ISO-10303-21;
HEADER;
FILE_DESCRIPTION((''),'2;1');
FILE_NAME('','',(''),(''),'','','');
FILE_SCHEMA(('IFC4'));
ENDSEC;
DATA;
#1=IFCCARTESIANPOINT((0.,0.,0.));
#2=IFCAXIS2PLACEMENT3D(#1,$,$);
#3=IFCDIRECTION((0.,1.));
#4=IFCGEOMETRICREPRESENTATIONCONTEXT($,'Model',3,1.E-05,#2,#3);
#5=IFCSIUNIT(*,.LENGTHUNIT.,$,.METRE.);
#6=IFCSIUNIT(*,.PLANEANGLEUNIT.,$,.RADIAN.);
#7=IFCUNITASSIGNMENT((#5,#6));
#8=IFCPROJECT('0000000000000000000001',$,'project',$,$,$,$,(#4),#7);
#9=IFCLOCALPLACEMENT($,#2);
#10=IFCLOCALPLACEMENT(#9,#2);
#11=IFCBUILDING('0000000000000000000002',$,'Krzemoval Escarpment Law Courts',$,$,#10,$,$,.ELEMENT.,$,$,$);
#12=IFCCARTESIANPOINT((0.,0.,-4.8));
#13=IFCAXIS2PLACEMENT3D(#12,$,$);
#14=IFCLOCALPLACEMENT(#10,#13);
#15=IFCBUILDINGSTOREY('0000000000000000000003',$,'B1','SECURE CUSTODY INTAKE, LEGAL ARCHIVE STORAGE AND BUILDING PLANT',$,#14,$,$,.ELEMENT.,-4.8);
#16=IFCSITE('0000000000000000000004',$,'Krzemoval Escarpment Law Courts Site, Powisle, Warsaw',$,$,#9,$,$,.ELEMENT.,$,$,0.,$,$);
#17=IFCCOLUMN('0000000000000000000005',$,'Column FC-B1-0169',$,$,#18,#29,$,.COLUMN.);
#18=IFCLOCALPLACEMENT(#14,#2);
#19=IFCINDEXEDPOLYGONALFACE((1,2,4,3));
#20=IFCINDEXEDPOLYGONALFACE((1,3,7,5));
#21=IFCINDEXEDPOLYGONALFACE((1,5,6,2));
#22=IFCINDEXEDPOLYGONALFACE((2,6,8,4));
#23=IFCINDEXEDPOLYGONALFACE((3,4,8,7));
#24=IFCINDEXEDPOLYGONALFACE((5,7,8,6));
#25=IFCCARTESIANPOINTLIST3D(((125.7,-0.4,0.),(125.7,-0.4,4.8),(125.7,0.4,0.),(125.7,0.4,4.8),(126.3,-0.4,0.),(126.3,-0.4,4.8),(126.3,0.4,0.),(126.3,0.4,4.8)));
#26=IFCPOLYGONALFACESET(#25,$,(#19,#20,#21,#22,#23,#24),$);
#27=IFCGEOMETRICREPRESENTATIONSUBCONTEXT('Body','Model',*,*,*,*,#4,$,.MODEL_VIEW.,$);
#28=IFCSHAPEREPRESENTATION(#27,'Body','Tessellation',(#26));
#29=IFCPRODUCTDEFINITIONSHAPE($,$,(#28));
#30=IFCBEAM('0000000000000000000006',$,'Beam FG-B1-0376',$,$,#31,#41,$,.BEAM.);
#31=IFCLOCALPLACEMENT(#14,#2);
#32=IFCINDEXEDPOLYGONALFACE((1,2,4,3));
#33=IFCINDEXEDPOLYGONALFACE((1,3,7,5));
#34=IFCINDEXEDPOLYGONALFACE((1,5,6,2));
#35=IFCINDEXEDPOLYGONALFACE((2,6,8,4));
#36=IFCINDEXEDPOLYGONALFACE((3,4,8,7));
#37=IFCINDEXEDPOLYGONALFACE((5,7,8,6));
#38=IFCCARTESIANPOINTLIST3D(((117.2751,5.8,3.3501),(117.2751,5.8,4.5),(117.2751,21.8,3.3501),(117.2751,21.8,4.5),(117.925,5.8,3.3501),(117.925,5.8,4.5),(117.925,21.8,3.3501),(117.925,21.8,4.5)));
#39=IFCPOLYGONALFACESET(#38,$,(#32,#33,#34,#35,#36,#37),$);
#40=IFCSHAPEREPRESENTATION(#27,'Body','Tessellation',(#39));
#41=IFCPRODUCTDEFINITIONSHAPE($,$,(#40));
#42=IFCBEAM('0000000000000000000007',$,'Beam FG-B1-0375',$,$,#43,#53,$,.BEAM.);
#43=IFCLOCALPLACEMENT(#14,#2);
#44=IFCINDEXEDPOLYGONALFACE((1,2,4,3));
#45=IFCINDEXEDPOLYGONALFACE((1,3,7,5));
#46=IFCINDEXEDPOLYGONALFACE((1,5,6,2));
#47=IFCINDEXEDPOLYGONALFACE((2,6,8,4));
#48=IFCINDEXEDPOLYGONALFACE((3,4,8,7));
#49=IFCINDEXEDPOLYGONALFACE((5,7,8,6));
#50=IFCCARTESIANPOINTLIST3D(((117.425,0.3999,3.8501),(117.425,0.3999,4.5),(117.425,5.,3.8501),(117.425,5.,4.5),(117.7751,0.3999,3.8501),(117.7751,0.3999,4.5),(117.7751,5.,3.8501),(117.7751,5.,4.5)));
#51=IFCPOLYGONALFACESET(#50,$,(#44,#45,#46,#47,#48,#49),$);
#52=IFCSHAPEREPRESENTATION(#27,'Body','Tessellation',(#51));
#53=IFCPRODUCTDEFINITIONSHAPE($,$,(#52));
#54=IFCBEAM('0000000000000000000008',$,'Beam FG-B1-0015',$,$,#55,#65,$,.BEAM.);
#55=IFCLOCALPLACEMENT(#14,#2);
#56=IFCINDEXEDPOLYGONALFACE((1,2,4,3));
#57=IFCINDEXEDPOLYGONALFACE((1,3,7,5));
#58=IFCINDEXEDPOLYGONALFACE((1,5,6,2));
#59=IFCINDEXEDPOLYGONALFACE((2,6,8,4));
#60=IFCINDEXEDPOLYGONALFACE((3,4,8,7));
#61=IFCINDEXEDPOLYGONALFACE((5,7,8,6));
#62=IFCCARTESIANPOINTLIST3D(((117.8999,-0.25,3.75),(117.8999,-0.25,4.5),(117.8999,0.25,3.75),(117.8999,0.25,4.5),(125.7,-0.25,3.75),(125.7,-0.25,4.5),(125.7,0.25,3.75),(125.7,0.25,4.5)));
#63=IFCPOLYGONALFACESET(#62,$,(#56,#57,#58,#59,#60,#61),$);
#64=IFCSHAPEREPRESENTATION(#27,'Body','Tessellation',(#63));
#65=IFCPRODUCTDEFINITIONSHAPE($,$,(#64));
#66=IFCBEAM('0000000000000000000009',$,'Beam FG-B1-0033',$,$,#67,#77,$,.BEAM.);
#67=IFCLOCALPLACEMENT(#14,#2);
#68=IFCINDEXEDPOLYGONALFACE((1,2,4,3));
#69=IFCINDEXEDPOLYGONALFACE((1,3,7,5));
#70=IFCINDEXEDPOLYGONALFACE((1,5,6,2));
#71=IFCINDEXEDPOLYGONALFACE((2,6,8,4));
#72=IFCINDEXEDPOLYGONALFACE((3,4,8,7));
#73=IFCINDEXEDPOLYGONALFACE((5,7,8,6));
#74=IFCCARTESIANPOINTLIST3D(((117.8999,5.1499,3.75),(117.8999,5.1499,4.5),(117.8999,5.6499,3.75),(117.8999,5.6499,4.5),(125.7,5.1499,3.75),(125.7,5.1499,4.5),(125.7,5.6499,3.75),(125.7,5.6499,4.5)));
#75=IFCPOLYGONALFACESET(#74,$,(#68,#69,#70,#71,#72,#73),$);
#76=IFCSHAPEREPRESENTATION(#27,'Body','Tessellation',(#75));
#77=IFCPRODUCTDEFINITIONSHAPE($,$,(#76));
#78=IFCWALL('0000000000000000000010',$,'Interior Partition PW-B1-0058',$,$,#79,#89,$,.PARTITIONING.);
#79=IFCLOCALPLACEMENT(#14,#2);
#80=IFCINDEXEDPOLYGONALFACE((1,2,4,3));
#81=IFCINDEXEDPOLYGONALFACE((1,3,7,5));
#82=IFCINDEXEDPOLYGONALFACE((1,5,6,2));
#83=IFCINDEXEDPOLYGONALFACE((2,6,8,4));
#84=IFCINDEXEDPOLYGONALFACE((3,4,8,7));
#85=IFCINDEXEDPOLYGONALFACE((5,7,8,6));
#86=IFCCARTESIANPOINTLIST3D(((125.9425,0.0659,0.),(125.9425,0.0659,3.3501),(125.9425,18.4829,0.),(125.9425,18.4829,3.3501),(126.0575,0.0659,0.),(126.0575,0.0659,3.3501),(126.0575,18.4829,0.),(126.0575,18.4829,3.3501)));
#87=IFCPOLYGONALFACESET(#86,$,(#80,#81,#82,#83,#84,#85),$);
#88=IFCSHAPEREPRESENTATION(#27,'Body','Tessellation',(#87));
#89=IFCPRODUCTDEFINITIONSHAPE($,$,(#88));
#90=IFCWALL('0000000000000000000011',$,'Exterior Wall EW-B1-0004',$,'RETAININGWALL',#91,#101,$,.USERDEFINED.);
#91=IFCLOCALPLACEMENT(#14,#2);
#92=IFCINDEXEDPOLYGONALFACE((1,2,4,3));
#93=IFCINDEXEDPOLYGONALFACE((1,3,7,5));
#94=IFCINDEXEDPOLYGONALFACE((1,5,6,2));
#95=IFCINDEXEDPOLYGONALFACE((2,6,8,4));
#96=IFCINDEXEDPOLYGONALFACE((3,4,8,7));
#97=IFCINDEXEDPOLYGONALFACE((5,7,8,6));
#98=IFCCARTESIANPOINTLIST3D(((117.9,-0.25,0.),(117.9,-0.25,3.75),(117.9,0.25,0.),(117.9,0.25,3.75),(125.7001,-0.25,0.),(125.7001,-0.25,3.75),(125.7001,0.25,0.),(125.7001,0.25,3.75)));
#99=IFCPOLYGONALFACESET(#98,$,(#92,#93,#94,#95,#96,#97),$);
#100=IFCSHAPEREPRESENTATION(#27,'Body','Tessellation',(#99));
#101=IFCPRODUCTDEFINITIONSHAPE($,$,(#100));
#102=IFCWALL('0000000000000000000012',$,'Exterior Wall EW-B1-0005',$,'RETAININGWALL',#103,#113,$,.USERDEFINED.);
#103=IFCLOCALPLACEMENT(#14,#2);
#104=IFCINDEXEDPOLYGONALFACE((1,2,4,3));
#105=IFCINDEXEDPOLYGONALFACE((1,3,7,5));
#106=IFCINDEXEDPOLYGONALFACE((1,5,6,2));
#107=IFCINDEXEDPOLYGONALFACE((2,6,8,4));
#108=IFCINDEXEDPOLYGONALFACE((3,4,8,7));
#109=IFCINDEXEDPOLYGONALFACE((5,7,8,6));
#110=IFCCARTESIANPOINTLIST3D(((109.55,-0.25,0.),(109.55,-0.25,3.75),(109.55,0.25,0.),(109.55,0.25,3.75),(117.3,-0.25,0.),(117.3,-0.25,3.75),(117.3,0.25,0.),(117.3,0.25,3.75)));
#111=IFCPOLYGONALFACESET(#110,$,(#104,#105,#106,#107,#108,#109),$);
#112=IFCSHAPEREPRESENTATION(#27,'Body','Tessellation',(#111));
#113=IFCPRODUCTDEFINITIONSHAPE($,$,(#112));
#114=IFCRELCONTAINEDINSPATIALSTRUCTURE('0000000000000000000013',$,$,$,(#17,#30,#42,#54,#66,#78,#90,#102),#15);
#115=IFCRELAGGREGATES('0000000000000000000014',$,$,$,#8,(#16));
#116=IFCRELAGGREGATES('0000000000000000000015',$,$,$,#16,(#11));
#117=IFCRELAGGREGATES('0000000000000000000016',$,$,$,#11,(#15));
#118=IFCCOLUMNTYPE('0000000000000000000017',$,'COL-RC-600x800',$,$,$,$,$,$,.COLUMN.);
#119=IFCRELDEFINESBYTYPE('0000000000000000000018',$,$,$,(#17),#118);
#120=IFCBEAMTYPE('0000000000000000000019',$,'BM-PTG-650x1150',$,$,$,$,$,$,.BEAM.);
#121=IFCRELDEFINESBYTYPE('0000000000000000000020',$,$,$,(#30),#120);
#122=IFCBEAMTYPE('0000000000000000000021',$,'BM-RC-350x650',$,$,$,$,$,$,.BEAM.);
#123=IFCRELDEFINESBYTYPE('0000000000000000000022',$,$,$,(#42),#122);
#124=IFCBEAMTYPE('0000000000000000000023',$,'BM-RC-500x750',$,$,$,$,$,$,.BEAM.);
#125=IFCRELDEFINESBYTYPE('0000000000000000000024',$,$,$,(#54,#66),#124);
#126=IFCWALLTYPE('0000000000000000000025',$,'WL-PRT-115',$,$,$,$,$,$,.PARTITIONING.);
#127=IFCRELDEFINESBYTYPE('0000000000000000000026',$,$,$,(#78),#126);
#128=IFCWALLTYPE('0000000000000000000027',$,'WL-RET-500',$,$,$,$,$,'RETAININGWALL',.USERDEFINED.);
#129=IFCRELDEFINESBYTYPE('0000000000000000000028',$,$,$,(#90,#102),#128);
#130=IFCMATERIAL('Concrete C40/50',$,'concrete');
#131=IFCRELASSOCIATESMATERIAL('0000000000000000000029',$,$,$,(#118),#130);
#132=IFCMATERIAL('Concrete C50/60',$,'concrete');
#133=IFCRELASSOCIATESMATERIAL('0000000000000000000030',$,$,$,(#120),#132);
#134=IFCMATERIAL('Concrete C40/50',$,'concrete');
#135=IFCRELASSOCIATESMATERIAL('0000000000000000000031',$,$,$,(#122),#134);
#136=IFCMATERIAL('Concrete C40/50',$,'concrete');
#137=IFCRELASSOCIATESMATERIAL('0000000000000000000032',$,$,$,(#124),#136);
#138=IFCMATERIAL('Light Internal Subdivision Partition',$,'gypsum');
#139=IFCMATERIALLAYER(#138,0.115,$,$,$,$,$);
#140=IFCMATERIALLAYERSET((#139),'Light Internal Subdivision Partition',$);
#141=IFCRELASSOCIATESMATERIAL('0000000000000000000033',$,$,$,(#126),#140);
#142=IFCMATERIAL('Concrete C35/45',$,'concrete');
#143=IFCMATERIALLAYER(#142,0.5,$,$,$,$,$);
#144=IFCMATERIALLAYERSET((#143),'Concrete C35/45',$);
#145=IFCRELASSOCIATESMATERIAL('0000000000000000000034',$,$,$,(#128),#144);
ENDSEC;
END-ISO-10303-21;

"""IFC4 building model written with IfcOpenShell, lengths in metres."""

from ifc_helpers import new_model, si_unit, direction, frame, frame_2d, origin, origin_2d, place, context, subcontext, project, spatial, rectangle, extrude, material, layer, layer_set, material_profile, profile_set, type_object, element, save


model = new_model("IFC4")

# Units and contexts
model_context = context("Model", 3, precision=1e-05, world=origin(), true_north=direction((0.0, 1.0)))
body_context = subcontext(model_context, "Body", "Model", "MODEL_VIEW")
ifc_project = project(units=[si_unit("LENGTHUNIT", "METRE"), si_unit("PLANEANGLEUNIT", "RADIAN")], contexts=[model_context])

# Site, building, storey
site_placement = place(None, origin())
site = spatial("IfcSite", under=ifc_project, at=site_placement, Name="Krzemoval Escarpment Law Courts Site, Powisle, Warsaw", CompositionType="ELEMENT", RefElevation=0.0)
building_placement = place(site_placement, origin())
building = spatial("IfcBuilding", under=site, at=building_placement, Name="Krzemoval Escarpment Law Courts", CompositionType="ELEMENT")
storey_placement = place(building_placement, frame((0.0, 0.0, -4.8)))
storey = spatial("IfcBuildingStorey", under=building, at=storey_placement, Name="B1", Description="SECURE CUSTODY INTAKE, LEGAL ARCHIVE STORAGE AND BUILDING PLANT", CompositionType="ELEMENT", Elevation=-4.8)

# Column
ifc_material_1 = material(Name="Concrete C40/50", Category="concrete")
ifc_material_profile_1 = material_profile(ifc_material_1, rectangle(XDim=0.6001, YDim=0.8, at=origin_2d()), Name="RC 600x800")
ifc_profile_set_1 = profile_set([ifc_material_profile_1], Name="Concrete C40/50")
column_type = type_object("IfcColumnType", Name="COL-RC-600x800", PredefinedType="COLUMN", material=ifc_profile_set_1)
for number, where, z_axis, x_axis, name in (
    (1, (126.0, 0.0, 0.0), (0.0, 0.0, 1.0), (1.0, 0.0, 0.0), "Column FC-B1-0169"),
):
    element("IfcColumn", number, at=place(storey_placement, frame(where, z_axis=z_axis, x_axis=x_axis)), inside=storey, type_object=column_type, Name=name, PredefinedType="COLUMN", context=body_context, shape_type="SweptSolid", body=[
        extrude(rectangle(XDim=0.6001, YDim=0.8, at=origin_2d()), origin(), (0.0, 0.0, 1.0), 4.8),
    ])

# Beams
ifc_material_2 = material(Name="Concrete C50/60", Category="concrete")
ifc_material_profile_2 = material_profile(ifc_material_2, rectangle(XDim=0.6499, YDim=1.1499, at=origin_2d()), Name="PTG 650x1150")
ifc_profile_set_2 = profile_set([ifc_material_profile_2], Name="Concrete C50/60")
beam_type_1 = type_object("IfcBeamType", Name="BM-PTG-650x1150", PredefinedType="BEAM", material=ifc_profile_set_2)
beam_1_placement = place(storey_placement, frame((117.6001, 5.8, 3.925), z_axis=(0.0, 1.0, 0.0), x_axis=(-1.0, 0.0, 0.0)))
element("IfcBeam", 2, at=beam_1_placement, inside=storey, type_object=beam_type_1, Name="Beam FG-B1-0376", PredefinedType="BEAM", context=body_context, shape_type="SweptSolid", body=[
    extrude(rectangle(XDim=0.6499, YDim=1.1499, at=origin_2d()), origin(), (0.0, 0.0, 1.0), 16.0),
])
ifc_material_3 = material(Name="Concrete C40/50", Category="concrete")
ifc_material_profile_3 = material_profile(ifc_material_3, rectangle(XDim=0.3501, YDim=0.6499, at=origin_2d()), Name="RCB 350x650")
ifc_profile_set_3 = profile_set([ifc_material_profile_3], Name="Concrete C40/50")
beam_type_2 = type_object("IfcBeamType", Name="BM-RC-350x650", PredefinedType="BEAM", material=ifc_profile_set_3)
beam_2_placement = place(storey_placement, frame((117.6001, 0.3999, 4.175), z_axis=(0.0, 1.0, 0.0), x_axis=(-1.0, 0.0, 0.0)))
element("IfcBeam", 3, at=beam_2_placement, inside=storey, type_object=beam_type_2, Name="Beam FG-B1-0375", PredefinedType="BEAM", context=body_context, shape_type="SweptSolid", body=[
    extrude(rectangle(XDim=0.3501, YDim=0.6499, at=origin_2d()), origin(), (0.0, 0.0, 1.0), 4.6001),
])
ifc_material_4 = material(Name="Concrete C40/50", Category="concrete")
ifc_material_profile_4 = material_profile(ifc_material_4, rectangle(XDim=0.5, YDim=0.75, at=origin_2d()), Name="RCB 500x750")
ifc_profile_set_4 = profile_set([ifc_material_profile_4], Name="Concrete C40/50")
beam_type_3 = type_object("IfcBeamType", Name="BM-RC-500x750", PredefinedType="BEAM", material=ifc_profile_set_4)
for number, where, z_axis, x_axis, name in (
    (4, (117.8999, 0.0, 4.125), (1.0, 0.0, 0.0), (0.0, 1.0, 0.0), "Beam FG-B1-0015"),
    (5, (117.8999, 5.3999, 4.125), (1.0, 0.0, 0.0), (0.0, 1.0, 0.0), "Beam FG-B1-0033"),
):
    element("IfcBeam", number, at=place(storey_placement, frame(where, z_axis=z_axis, x_axis=x_axis)), inside=storey, type_object=beam_type_3, Name=name, PredefinedType="BEAM", context=body_context, shape_type="SweptSolid", body=[
        extrude(rectangle(XDim=0.5, YDim=0.75, at=origin_2d()), origin(), (0.0, 0.0, 1.0), 7.8),
    ])

# Walls
ifc_material_5 = material(Name="Light Internal Subdivision Partition", Category="gypsum")
ifc_layer_1 = layer(ifc_material_5, 0.115)
ifc_layer_set_1 = layer_set([ifc_layer_1], Name="Light Internal Subdivision Partition")
wall_type_1 = type_object("IfcWallType", Name="WL-PRT-115", PredefinedType="PARTITIONING", material=ifc_layer_set_1)
wall_1_placement = place(storey_placement, frame((126.0, 0.0659, 0.0), z_axis=(0.0, 0.0, 1.0), x_axis=(0.0, 1.0, 0.0)))
element("IfcWall", 6, at=wall_1_placement, inside=storey, type_object=wall_type_1, Name="Interior Partition PW-B1-0058", PredefinedType="PARTITIONING", context=body_context, shape_type="SweptSolid", body=[
    extrude(rectangle(XDim=18.417, YDim=0.115, at=frame_2d((9.2085, 0.0))), origin(), (0.0, 0.0, 1.0), 3.3501),
])
ifc_material_6 = material(Name="Concrete C35/45", Category="concrete")
ifc_layer_2 = layer(ifc_material_6, 0.5)
ifc_layer_set_2 = layer_set([ifc_layer_2], Name="Concrete C35/45")
wall_type_2 = type_object("IfcWallType", Name="WL-RET-500", ElementType="RETAININGWALL", PredefinedType="USERDEFINED", material=ifc_layer_set_2)
wall_2_placement = place(storey_placement, frame((125.7, 0.0, 0.0), z_axis=(0.0, 0.0, 1.0), x_axis=(-1.0, 0.0, 0.0)))
element("IfcWall", 7, at=wall_2_placement, inside=storey, type_object=wall_type_2, Name="Exterior Wall EW-B1-0004", ObjectType="RETAININGWALL", PredefinedType="USERDEFINED", context=body_context, shape_type="SweptSolid", body=[
    extrude(rectangle(XDim=7.8, YDim=0.5, at=frame_2d((3.8999, 0.0))), origin(), (0.0, 0.0, 1.0), 3.75),
])
wall_3_placement = place(storey_placement, frame((117.3, 0.0, 0.0), z_axis=(0.0, 0.0, 1.0), x_axis=(-1.0, 0.0, 0.0)))
element("IfcWall", 8, at=wall_3_placement, inside=storey, type_object=wall_type_2, Name="Exterior Wall EW-B1-0005", ObjectType="RETAININGWALL", PredefinedType="USERDEFINED", context=body_context, shape_type="SweptSolid", body=[
    extrude(rectangle(XDim=7.75, YDim=0.5, at=frame_2d((3.875, 0.0))), origin(), (0.0, 0.0, 1.0), 3.75),
])

save(model, "model.ifc")
